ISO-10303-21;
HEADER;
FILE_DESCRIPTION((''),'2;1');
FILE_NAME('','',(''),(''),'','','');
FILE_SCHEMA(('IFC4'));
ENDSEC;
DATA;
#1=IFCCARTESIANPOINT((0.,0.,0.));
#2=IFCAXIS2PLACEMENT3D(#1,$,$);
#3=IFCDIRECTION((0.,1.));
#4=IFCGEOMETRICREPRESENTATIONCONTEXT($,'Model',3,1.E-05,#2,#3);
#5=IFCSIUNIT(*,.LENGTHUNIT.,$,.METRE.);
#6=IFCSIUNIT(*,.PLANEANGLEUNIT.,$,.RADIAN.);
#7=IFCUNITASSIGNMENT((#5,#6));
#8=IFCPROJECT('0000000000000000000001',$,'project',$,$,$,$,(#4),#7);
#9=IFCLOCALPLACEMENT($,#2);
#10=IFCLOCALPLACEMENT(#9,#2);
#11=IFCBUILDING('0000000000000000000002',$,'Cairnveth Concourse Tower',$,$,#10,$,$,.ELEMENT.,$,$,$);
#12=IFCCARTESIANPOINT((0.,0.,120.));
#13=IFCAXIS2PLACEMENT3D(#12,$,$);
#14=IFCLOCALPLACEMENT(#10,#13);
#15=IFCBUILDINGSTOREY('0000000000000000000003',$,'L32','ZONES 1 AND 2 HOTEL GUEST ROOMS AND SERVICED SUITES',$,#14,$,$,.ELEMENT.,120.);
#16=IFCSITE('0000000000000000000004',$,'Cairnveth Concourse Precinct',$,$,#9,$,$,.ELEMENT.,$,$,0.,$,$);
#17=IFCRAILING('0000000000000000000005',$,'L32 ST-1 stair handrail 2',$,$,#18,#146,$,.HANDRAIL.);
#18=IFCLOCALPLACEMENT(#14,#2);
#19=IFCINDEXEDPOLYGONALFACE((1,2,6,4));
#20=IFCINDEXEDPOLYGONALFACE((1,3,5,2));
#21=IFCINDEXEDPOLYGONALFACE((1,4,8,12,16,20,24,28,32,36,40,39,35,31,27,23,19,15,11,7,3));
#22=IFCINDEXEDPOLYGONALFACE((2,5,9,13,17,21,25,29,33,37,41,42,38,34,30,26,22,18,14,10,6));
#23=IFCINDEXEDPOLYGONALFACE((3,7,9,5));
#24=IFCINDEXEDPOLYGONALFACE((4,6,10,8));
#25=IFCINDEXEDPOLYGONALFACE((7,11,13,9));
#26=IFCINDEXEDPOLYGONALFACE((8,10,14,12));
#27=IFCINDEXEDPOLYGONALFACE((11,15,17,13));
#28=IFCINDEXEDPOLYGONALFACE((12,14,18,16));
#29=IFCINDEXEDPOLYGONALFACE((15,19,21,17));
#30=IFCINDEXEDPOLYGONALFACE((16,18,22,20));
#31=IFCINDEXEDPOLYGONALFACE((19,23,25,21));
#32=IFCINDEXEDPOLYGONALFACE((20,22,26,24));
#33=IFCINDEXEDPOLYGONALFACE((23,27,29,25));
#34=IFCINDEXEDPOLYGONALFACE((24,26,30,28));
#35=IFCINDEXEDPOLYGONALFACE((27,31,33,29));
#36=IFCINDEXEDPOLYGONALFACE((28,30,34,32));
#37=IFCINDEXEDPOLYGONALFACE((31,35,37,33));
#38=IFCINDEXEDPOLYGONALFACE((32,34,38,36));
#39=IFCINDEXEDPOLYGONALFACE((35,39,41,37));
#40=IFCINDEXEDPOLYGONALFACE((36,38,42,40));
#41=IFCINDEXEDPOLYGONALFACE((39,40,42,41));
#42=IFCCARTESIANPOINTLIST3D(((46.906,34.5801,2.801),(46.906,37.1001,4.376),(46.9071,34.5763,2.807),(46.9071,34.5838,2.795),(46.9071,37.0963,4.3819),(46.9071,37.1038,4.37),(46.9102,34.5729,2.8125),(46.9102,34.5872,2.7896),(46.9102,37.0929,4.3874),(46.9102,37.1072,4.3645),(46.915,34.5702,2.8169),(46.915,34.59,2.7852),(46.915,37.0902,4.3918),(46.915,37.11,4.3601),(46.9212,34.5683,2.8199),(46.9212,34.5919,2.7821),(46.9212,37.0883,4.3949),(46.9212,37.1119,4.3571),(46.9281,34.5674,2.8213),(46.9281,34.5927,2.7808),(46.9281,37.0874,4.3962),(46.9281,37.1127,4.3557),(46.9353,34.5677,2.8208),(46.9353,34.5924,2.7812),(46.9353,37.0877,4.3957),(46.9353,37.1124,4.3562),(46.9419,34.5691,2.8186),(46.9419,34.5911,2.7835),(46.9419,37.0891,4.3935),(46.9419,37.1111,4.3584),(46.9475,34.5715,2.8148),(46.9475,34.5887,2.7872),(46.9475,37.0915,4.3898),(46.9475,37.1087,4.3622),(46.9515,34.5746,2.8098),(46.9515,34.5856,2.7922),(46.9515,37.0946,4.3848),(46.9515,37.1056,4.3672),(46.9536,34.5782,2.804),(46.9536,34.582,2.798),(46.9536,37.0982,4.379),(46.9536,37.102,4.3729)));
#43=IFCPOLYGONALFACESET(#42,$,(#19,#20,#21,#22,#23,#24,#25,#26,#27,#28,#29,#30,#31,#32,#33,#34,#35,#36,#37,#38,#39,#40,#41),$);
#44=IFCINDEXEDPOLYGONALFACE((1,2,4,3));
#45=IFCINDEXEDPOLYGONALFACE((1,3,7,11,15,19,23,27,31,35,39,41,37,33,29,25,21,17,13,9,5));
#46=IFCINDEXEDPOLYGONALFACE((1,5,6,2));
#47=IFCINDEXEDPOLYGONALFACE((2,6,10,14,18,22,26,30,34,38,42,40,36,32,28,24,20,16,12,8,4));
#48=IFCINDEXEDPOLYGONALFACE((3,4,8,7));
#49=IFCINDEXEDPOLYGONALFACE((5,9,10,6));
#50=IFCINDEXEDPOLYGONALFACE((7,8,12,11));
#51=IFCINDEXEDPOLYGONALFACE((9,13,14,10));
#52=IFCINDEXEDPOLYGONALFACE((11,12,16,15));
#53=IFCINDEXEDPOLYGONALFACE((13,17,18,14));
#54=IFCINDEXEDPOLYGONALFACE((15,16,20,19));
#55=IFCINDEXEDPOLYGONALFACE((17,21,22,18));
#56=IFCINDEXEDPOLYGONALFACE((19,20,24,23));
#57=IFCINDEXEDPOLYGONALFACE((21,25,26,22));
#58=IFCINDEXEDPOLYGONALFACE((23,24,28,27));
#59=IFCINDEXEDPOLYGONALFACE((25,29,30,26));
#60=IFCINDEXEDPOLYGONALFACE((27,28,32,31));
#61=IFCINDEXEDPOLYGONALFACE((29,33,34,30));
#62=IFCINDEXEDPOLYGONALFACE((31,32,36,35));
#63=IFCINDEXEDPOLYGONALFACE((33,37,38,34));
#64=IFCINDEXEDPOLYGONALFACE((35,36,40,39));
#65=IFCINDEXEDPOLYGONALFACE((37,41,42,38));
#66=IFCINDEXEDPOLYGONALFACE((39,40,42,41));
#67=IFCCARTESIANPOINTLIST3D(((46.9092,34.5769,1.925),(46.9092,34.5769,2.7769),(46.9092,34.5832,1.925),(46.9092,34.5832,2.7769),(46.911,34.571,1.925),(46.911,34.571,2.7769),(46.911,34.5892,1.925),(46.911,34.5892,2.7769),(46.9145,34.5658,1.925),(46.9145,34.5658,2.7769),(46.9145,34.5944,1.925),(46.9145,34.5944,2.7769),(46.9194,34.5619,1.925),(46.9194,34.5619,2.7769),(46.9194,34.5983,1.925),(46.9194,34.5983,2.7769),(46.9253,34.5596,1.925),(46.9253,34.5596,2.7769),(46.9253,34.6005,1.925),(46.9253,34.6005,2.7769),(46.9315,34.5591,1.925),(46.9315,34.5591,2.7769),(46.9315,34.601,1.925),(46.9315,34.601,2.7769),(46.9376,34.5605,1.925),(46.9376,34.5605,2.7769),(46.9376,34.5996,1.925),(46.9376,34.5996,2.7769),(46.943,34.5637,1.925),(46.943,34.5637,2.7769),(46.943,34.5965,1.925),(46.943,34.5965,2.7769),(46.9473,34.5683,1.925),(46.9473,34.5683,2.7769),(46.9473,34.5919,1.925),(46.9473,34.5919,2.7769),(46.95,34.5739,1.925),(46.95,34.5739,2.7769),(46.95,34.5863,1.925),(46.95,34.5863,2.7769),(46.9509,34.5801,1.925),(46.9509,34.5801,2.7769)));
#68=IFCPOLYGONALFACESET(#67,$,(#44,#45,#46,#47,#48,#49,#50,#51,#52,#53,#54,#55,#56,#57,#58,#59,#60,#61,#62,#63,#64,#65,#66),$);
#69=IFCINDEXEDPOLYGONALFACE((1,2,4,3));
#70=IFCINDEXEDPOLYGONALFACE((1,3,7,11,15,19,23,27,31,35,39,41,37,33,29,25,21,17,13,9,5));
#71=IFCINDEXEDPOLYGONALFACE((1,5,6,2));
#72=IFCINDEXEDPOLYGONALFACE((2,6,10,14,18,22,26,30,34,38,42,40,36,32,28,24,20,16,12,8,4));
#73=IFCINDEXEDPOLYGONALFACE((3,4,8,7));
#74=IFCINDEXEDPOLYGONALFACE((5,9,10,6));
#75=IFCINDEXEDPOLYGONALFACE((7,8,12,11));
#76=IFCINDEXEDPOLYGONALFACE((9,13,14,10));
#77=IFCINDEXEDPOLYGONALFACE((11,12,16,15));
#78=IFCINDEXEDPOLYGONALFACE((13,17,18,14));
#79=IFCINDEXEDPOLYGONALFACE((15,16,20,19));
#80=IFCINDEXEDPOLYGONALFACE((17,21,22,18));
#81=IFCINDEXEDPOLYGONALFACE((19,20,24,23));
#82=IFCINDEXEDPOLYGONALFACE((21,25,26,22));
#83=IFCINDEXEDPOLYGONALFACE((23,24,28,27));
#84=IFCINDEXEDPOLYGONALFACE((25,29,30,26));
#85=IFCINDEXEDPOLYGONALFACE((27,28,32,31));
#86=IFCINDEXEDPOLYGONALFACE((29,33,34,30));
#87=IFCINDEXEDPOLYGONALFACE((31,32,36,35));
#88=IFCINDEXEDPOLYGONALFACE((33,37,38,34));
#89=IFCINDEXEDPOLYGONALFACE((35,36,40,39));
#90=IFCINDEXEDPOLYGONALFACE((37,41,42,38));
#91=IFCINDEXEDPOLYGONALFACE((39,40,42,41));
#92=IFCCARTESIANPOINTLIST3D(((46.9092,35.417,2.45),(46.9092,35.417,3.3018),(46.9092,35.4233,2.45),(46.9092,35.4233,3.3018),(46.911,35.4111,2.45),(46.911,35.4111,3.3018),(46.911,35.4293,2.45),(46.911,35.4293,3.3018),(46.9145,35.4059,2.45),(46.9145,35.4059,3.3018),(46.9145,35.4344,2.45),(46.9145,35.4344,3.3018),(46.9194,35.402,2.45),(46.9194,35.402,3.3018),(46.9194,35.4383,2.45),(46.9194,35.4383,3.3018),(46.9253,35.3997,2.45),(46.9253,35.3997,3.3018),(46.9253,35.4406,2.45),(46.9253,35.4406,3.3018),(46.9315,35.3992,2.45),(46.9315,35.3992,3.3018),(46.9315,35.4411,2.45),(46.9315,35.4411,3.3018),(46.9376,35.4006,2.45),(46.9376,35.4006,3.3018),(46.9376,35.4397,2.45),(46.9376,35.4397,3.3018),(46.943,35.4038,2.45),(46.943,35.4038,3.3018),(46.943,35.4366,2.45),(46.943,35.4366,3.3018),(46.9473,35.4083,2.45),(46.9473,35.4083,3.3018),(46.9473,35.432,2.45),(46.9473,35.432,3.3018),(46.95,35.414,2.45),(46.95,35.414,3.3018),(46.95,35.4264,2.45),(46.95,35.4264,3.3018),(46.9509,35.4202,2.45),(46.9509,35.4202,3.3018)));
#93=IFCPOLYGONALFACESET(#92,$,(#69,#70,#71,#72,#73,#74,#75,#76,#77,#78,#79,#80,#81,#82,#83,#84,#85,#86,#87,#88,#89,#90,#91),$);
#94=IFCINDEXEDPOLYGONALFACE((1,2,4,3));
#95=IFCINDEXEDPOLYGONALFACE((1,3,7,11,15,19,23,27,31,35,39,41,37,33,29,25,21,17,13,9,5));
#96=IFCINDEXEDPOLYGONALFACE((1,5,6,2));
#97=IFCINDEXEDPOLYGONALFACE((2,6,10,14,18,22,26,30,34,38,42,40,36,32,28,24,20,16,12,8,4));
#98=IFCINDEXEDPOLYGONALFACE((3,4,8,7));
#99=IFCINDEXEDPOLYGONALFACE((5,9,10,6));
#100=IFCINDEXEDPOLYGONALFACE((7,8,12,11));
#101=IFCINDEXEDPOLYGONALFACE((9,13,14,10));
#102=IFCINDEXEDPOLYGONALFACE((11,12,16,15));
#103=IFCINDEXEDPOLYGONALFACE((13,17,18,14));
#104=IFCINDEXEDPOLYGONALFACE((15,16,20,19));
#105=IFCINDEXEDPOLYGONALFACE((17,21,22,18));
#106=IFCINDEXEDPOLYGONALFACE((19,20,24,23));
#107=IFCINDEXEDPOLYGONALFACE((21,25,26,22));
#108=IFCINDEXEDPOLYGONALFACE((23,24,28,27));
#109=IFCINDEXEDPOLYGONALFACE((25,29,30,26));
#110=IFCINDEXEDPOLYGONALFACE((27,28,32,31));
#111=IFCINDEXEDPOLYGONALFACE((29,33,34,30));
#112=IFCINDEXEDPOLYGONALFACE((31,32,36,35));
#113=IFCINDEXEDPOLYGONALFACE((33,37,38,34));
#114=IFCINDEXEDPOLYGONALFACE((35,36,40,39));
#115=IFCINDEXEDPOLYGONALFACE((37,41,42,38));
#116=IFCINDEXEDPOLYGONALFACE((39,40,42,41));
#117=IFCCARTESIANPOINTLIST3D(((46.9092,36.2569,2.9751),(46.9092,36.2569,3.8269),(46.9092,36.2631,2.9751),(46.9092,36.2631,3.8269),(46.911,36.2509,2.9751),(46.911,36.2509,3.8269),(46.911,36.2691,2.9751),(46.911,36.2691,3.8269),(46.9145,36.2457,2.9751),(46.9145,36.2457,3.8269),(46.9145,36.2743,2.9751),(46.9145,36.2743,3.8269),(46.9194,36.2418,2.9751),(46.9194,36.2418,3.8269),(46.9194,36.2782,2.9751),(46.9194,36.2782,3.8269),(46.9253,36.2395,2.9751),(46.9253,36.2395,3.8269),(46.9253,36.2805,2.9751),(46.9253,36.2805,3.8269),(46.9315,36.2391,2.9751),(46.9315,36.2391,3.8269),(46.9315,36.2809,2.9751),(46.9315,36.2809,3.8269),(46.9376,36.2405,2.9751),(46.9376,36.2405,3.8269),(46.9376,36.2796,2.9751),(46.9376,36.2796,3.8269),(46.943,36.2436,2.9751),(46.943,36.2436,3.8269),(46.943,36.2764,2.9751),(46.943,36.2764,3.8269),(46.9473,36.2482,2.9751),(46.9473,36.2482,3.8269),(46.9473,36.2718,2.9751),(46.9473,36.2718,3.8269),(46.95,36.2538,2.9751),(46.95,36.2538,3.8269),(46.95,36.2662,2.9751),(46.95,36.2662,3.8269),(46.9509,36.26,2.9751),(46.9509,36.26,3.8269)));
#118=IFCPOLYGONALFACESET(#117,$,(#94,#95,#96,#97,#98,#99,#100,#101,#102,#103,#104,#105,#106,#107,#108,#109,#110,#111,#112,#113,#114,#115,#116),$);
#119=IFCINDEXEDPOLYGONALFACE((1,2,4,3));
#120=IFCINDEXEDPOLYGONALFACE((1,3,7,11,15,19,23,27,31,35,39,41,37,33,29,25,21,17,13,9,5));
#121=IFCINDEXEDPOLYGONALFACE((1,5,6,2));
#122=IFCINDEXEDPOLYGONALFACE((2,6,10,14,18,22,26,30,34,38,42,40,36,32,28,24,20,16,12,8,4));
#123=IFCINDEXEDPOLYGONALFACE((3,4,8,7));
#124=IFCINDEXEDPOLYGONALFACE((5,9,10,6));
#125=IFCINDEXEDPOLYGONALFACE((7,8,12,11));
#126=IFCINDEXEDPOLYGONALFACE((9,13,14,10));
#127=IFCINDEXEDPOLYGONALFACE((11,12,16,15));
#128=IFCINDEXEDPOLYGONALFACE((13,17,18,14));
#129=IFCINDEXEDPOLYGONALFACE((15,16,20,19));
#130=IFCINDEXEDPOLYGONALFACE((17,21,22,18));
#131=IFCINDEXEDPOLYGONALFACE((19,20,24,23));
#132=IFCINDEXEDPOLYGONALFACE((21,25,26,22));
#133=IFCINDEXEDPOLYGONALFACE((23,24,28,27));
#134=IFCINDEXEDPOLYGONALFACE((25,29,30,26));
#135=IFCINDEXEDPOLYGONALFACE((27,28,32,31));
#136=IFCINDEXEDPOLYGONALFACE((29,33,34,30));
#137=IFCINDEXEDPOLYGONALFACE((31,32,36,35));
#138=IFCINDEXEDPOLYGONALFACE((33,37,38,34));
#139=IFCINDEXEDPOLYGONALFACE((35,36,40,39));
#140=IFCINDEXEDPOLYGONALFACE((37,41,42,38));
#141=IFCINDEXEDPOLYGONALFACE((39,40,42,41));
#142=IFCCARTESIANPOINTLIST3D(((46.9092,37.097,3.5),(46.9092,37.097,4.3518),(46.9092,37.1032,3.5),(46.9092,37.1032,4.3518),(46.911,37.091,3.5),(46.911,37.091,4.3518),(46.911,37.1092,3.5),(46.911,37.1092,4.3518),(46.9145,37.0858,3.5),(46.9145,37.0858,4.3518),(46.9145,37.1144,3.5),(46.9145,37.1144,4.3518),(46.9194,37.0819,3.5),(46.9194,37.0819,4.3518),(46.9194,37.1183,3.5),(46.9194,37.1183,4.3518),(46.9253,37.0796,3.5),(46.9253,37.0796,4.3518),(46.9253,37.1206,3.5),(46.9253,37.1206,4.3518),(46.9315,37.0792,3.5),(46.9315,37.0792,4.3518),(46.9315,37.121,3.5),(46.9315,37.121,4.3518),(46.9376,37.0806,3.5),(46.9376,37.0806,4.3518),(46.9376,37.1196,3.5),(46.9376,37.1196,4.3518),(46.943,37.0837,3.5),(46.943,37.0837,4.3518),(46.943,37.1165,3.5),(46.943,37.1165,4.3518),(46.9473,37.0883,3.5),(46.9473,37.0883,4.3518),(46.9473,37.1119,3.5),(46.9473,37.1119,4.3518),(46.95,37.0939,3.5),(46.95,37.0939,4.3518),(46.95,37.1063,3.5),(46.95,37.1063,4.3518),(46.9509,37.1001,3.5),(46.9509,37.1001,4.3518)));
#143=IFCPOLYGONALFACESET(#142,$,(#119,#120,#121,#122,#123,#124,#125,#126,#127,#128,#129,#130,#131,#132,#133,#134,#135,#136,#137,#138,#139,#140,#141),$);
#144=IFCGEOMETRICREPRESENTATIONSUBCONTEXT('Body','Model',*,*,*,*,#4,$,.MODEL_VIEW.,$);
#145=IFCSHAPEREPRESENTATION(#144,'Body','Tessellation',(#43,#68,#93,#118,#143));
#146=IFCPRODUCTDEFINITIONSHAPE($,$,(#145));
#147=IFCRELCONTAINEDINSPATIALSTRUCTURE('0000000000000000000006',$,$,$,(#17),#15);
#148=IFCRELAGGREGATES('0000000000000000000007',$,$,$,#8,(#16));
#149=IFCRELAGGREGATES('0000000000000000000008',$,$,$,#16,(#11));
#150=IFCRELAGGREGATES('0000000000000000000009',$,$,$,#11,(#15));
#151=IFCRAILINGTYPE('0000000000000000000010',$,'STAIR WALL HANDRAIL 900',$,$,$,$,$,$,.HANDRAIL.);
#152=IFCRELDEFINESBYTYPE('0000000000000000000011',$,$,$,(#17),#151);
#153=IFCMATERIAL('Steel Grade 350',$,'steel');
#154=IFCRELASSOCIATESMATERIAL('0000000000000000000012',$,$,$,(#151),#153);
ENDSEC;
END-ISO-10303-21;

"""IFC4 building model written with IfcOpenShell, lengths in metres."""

from ifc_helpers import new_model, si_unit, direction, frame, origin, origin_2d, place, context, subcontext, project, spatial, circle, extrude, material, type_object, element, save


model = new_model("IFC4")

# Units and contexts
model_context = context("Model", 3, precision=1e-05, world=origin(), true_north=direction((0.0, 1.0)))
body_context = subcontext(model_context, "Body", "Model", "MODEL_VIEW")
ifc_project = project(units=[si_unit("LENGTHUNIT", "METRE"), si_unit("PLANEANGLEUNIT", "RADIAN")], contexts=[model_context])

# Site, building, storey
site_placement = place(None, origin())
site = spatial("IfcSite", under=ifc_project, at=site_placement, Name="Cairnveth Concourse Precinct", CompositionType="ELEMENT", RefElevation=0.0)
building_placement = place(site_placement, origin())
building = spatial("IfcBuilding", under=site, at=building_placement, Name="Cairnveth Concourse Tower", CompositionType="ELEMENT")
storey_placement = place(building_placement, frame((0.0, 0.0, 120.0)))
storey = spatial("IfcBuildingStorey", under=building, at=storey_placement, Name="L32", Description="ZONES 1 AND 2 HOTEL GUEST ROOMS AND SERVICED SUITES", CompositionType="ELEMENT", Elevation=120.0)

# Shared definitions
ifc_material_1 = material(Name="Steel Grade 350", Category="steel")

# Railing
railing_type_1 = type_object("IfcRailingType", Name="STAIR WALL HANDRAIL 900", PredefinedType="HANDRAIL", material=ifc_material_1)
railing_1_placement = place(storey_placement, frame((46.9299, 34.5801, 1.925)))
element("IfcRailing", 1, at=railing_1_placement, inside=storey, type_object=railing_type_1, Name="L32 ST-1 stair handrail 2", PredefinedType="HANDRAIL", context=body_context, shape_type="SweptSolid", body=[
    extrude(circle(Radius=0.0239, at=origin_2d()), frame((0.0, 0.0, 0.876), z_axis=(0.0, 0.848008, 0.529984), x_axis=(-1.0, 0.0, 0.0)), (0.0, 0.0, 1.0), 2.9717),
    extrude(circle(Radius=0.021, at=origin_2d()), origin(), (0.0, 0.0, 1.0), 0.8518),
    extrude(circle(Radius=0.021, at=origin_2d()), frame((0.0, 0.8401, 0.5249)), (0.0, 0.0, 1.0), 0.8518),
    extrude(circle(Radius=0.021, at=origin_2d()), frame((0.0, 1.6799, 1.05)), (0.0, 0.0, 1.0), 0.8518),
    extrude(circle(Radius=0.021, at=origin_2d()), frame((0.0, 2.52, 1.575)), (0.0, 0.0, 1.0), 0.8518),
])

save(model, "model.ifc")
